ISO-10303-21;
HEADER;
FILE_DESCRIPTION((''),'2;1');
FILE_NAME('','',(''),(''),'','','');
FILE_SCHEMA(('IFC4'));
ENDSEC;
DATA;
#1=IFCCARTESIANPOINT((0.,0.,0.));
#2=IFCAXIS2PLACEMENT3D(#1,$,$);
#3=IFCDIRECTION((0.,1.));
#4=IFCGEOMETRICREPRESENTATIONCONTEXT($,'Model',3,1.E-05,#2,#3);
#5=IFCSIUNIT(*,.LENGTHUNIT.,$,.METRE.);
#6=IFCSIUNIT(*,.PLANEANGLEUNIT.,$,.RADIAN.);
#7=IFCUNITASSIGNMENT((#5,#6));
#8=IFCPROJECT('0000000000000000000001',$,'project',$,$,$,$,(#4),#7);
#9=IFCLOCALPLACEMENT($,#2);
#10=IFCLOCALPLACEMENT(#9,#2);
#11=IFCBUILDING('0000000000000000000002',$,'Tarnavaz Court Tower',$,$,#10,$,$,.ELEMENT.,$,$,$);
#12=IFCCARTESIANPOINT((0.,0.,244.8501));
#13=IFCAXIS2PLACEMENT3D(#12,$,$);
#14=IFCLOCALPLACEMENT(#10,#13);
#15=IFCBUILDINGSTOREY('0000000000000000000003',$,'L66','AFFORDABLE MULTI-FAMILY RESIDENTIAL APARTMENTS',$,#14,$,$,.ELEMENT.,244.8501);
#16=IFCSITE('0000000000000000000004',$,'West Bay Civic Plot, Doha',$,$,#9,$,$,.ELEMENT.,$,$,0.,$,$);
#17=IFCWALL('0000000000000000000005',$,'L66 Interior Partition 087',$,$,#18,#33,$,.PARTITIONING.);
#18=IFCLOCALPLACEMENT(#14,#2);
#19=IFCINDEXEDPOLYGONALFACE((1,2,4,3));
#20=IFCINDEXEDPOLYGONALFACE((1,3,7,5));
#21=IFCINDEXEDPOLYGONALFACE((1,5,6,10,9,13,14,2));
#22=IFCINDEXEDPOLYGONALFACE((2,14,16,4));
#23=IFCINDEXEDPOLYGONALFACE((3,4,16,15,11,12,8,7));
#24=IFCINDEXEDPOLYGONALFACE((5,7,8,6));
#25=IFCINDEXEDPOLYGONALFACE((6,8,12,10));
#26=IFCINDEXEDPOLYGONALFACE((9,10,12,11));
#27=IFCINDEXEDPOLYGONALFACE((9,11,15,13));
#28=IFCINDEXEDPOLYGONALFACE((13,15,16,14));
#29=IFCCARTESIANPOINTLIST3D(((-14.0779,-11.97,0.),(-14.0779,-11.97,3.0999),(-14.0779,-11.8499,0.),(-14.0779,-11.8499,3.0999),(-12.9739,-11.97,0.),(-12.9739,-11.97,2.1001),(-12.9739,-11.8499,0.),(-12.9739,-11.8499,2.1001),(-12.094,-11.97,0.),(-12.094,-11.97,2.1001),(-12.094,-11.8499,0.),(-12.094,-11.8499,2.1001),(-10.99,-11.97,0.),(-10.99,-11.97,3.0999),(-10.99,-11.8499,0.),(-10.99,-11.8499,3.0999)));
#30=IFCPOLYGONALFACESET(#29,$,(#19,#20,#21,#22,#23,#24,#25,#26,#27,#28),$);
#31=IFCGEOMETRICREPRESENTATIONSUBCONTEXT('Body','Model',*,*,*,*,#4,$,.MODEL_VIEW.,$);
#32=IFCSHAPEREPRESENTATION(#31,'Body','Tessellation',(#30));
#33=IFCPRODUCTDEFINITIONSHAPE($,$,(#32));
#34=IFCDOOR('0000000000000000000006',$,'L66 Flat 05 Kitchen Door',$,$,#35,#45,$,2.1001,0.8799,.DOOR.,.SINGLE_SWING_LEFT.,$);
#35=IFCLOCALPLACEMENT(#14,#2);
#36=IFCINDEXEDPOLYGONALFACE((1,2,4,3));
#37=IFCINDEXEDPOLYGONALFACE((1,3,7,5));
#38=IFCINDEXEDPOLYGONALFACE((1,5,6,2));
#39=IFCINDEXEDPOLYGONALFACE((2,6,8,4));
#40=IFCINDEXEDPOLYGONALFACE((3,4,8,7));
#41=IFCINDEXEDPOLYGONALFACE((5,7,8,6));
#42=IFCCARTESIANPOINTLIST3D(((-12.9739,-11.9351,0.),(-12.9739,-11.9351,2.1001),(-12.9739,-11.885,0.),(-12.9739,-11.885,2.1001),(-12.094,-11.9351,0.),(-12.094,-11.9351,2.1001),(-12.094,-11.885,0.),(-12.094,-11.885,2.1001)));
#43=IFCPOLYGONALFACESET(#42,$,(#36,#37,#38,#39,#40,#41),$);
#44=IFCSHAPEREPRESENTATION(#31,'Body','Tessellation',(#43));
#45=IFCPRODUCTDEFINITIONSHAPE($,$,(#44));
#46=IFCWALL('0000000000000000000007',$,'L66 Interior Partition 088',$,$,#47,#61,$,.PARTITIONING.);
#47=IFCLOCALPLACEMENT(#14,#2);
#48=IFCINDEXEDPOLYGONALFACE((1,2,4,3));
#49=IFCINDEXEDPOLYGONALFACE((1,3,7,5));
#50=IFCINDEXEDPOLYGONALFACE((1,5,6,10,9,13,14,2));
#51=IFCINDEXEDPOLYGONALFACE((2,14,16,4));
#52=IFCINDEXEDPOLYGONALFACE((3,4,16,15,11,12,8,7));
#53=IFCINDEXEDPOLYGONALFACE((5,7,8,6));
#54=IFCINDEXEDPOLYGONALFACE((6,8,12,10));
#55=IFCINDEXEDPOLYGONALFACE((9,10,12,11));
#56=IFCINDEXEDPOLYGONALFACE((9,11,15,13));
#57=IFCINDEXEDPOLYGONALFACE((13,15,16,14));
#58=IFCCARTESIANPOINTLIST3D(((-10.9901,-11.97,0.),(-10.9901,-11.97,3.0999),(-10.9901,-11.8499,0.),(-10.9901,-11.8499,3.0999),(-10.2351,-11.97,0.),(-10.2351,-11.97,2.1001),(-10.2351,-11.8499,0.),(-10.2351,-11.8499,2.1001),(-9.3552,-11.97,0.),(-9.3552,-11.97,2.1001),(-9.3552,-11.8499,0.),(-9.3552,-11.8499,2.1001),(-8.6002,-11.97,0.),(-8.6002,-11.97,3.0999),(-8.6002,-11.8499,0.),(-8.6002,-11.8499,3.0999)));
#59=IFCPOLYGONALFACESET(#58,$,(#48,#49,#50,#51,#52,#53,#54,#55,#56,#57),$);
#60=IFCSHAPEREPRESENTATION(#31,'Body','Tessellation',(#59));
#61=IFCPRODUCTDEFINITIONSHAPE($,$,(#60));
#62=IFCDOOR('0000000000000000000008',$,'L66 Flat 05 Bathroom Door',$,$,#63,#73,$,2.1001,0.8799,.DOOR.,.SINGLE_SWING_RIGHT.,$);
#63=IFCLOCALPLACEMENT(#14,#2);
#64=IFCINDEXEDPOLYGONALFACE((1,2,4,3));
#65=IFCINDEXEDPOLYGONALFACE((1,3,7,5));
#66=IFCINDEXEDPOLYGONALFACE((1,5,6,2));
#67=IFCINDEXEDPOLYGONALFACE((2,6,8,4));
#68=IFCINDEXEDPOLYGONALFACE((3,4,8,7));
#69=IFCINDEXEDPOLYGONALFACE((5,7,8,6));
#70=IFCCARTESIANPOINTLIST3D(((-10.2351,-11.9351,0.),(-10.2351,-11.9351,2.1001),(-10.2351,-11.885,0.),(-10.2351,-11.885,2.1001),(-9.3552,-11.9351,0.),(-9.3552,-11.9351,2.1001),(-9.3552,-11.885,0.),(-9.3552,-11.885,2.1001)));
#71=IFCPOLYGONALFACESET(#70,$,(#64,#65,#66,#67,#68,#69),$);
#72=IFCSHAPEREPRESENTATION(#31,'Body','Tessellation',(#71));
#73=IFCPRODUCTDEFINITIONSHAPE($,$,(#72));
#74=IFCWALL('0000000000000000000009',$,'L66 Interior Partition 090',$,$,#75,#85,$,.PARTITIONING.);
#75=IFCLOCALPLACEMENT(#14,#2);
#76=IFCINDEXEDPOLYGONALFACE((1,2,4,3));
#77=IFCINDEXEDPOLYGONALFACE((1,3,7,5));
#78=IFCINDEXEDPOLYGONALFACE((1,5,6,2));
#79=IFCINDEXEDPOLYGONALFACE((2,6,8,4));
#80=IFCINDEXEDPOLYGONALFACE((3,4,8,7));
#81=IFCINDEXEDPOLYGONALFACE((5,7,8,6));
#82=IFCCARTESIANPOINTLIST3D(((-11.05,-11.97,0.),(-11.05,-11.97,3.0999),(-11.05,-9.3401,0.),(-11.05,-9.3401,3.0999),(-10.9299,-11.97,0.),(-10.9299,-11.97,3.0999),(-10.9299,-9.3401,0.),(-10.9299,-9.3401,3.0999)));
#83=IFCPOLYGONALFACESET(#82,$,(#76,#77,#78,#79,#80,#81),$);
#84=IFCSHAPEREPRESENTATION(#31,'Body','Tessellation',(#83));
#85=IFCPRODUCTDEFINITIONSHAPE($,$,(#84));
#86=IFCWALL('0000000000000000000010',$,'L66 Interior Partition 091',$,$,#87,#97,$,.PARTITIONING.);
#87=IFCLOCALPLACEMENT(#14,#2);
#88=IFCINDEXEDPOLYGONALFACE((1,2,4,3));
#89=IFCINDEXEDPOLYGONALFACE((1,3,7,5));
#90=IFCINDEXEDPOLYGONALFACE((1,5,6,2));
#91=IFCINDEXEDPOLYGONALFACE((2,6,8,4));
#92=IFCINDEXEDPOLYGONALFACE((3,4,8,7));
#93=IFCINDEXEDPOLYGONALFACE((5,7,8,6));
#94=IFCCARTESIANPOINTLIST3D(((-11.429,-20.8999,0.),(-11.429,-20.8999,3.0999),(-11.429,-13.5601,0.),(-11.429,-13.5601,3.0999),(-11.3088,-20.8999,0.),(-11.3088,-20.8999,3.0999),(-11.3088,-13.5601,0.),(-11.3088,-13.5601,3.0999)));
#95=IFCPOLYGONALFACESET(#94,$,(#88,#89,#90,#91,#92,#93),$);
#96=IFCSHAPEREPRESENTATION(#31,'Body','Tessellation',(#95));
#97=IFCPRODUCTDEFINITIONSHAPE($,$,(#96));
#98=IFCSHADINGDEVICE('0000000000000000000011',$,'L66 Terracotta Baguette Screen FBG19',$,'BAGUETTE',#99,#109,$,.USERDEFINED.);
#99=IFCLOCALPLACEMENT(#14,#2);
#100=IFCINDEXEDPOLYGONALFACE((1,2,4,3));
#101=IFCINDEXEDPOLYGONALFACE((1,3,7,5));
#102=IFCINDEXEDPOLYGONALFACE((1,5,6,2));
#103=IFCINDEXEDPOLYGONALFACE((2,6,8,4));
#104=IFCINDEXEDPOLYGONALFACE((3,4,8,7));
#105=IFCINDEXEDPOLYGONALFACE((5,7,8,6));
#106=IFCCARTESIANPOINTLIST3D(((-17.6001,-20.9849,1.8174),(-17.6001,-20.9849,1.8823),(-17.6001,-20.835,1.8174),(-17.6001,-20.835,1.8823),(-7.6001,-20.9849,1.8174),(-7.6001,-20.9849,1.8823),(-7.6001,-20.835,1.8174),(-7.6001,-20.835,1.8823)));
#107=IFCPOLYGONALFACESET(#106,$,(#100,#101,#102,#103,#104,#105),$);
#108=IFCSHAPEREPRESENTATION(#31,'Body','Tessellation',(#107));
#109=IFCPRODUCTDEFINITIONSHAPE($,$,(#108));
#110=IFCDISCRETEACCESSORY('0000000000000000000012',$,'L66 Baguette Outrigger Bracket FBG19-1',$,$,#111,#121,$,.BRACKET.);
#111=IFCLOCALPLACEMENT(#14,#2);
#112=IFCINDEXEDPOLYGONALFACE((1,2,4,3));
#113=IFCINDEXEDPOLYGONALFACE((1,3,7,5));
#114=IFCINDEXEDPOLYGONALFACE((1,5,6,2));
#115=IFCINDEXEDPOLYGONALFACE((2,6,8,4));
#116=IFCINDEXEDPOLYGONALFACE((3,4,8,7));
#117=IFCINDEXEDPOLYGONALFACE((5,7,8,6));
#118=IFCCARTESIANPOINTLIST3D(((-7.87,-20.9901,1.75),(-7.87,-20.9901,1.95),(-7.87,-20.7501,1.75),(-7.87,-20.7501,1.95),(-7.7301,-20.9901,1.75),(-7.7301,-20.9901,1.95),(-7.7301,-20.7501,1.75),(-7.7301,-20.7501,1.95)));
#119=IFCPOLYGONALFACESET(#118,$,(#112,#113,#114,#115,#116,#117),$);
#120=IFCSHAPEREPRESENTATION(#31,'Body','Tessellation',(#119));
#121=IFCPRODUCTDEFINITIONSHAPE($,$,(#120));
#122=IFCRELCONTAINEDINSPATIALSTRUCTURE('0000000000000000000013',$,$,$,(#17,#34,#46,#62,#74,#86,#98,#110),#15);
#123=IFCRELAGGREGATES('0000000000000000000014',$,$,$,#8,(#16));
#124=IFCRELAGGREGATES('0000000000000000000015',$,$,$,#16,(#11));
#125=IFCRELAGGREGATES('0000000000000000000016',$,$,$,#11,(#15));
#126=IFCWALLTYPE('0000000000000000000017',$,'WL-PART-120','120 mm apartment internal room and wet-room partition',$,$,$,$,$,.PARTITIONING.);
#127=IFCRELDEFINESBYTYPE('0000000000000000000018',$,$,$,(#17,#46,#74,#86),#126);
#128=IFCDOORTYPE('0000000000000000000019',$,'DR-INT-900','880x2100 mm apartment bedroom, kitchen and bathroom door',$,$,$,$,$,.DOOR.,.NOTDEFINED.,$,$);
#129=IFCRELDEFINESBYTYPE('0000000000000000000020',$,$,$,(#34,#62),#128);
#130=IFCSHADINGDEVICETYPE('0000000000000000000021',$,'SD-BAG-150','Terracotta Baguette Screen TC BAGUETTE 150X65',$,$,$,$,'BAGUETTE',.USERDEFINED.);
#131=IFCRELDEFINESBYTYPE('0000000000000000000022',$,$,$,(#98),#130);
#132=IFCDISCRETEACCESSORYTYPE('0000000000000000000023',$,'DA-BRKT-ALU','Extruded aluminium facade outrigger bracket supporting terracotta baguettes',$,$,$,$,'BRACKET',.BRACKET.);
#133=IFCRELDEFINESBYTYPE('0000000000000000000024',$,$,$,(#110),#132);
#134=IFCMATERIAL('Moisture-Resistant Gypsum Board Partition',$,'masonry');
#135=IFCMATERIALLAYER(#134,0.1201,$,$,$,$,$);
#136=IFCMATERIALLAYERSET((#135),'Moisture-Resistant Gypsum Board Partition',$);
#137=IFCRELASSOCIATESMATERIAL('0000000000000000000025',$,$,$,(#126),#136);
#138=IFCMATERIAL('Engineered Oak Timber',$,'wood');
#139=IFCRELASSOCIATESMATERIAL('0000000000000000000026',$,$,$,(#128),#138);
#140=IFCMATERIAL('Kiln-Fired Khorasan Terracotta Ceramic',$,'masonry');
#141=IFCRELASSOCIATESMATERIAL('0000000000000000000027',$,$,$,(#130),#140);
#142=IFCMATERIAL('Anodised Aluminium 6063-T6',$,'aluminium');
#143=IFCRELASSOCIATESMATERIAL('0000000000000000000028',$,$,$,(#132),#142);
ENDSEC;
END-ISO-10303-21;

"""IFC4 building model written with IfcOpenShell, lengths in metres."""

from ifc_helpers import new_model, si_unit, direction, frame, frame_2d, origin, origin_2d, place, context, subcontext, project, spatial, rectangle, extrude, material, layer, layer_set, material_profile, profile_set, type_object, element, fill, save


model = new_model("IFC4")

# Units and contexts
model_context = context("Model", 3, precision=1e-05, world=origin(), true_north=direction((0.0, 1.0)))
body_context = subcontext(model_context, "Body", "Model", "MODEL_VIEW")
ifc_project = project(units=[si_unit("LENGTHUNIT", "METRE"), si_unit("PLANEANGLEUNIT", "RADIAN")], contexts=[model_context])

# Site, building, storey
site_placement = place(None, origin())
site = spatial("IfcSite", under=ifc_project, at=site_placement, Name="West Bay Civic Plot, Doha", CompositionType="ELEMENT", RefElevation=0.0)
building_placement = place(site_placement, origin())
building = spatial("IfcBuilding", under=site, at=building_placement, Name="Tarnavaz Court Tower", CompositionType="ELEMENT")
storey_placement = place(building_placement, frame((0.0, 0.0, 244.8501)))
storey = spatial("IfcBuildingStorey", under=building, at=storey_placement, Name="L66", Description="AFFORDABLE MULTI-FAMILY RESIDENTIAL APARTMENTS", CompositionType="ELEMENT", Elevation=244.8501)

# Walls, openings, doors
ifc_material_1 = material(Name="Moisture-Resistant Gypsum Board Partition", Category="masonry")
ifc_layer_1 = layer(ifc_material_1, 0.1201)
ifc_layer_set_1 = layer_set([ifc_layer_1], Name="Moisture-Resistant Gypsum Board Partition")
wall_type_1 = type_object("IfcWallType", Name="WL-PART-120", Description="120 mm apartment internal room and wet-room partition", PredefinedType="PARTITIONING", material=ifc_layer_set_1)
wall_1_placement = place(storey_placement, frame((-14.0779, -11.9099, 0.0), z_axis=(0.0, 0.0, 1.0), x_axis=(1.0, 0.0, 0.0)))
wall_1 = element("IfcWall", 1, at=wall_1_placement, inside=storey, type_object=wall_type_1, Name="L66 Interior Partition 087", PredefinedType="PARTITIONING", context=body_context, shape_type="SweptSolid", body=[
    extrude(rectangle(XDim=3.0879, YDim=0.1201, at=frame_2d((1.5439, 0.0))), origin(), (0.0, 0.0, 1.0), 3.0999),
])
opening_1_placement = place(wall_1_placement, frame((1.104, 0.0, 0.0)))
opening_1 = element("IfcOpeningElement", 2, at=opening_1_placement, cuts=wall_1, PredefinedType="OPENING", context=body_context, shape_type="SweptSolid", body=[
    extrude(rectangle(XDim=0.8799, YDim=2.1001, at=frame_2d((0.4399, 1.05))), frame((0.0, 0.0701, 0.0), z_axis=(0.0, -1.0, 0.0), x_axis=(1.0, 0.0, 0.0)), (0.0, 0.0, 1.0), 0.1401),
])
ifc_material_2 = material(Name="Engineered Oak Timber", Category="wood")
door_type = type_object("IfcDoorType", Name="DR-INT-900", Description="880x2100 mm apartment bedroom, kitchen and bathroom door", OperationType="NOTDEFINED", PredefinedType="DOOR", material=ifc_material_2)
door_1_placement = place(opening_1_placement, origin())
door_1 = element("IfcDoor", 3, at=door_1_placement, inside=storey, type_object=door_type, Name="L66 Flat 05 Kitchen Door", OperationType="SINGLE_SWING_LEFT", OverallHeight=2.1001, OverallWidth=0.8799, PredefinedType="DOOR", context=body_context, shape_type="SweptSolid", body=[
    extrude(rectangle(XDim=0.8799, YDim=2.1001, at=frame_2d((0.4399, 1.05))), frame((0.0, 0.0249, 0.0), z_axis=(0.0, -1.0, 0.0), x_axis=(1.0, 0.0, 0.0)), (0.0, 0.0, 1.0), 0.05),
])
fill(opening_1, door_1)
wall_2_placement = place(storey_placement, frame((-10.99, -11.9099, 0.0), z_axis=(0.0, 0.0, 1.0), x_axis=(1.0, 0.0, 0.0)))
wall_2 = element("IfcWall", 4, at=wall_2_placement, inside=storey, type_object=wall_type_1, Name="L66 Interior Partition 088", PredefinedType="PARTITIONING", context=body_context, shape_type="SweptSolid", body=[
    extrude(rectangle(XDim=2.3899, YDim=0.1201, at=frame_2d((1.1948, 0.0))), origin(), (0.0, 0.0, 1.0), 3.0999),
])
opening_2_placement = place(wall_2_placement, frame((0.7549, 0.0, 0.0)))
opening_2 = element("IfcOpeningElement", 5, at=opening_2_placement, cuts=wall_2, PredefinedType="OPENING", context=body_context, shape_type="SweptSolid", body=[
    extrude(rectangle(XDim=0.8799, YDim=2.1001, at=frame_2d((0.4399, 1.05))), frame((0.0, 0.0701, 0.0), z_axis=(0.0, -1.0, 0.0), x_axis=(1.0, 0.0, 0.0)), (0.0, 0.0, 1.0), 0.1401),
])
door_2_placement = place(opening_2_placement, origin())
door_2 = element("IfcDoor", 6, at=door_2_placement, inside=storey, type_object=door_type, Name="L66 Flat 05 Bathroom Door", OperationType="SINGLE_SWING_RIGHT", OverallHeight=2.1001, OverallWidth=0.8799, PredefinedType="DOOR", context=body_context, shape_type="SweptSolid", body=[
    extrude(rectangle(XDim=0.8799, YDim=2.1001, at=frame_2d((0.4399, 1.05))), frame((0.0, 0.0249, 0.0), z_axis=(0.0, -1.0, 0.0), x_axis=(1.0, 0.0, 0.0)), (0.0, 0.0, 1.0), 0.05),
])
fill(opening_2, door_2)

# Walls
wall_3_placement = place(storey_placement, frame((-10.99, -11.97, 0.0), z_axis=(0.0, 0.0, 1.0), x_axis=(0.0, 1.0, 0.0)))
element("IfcWall", 7, at=wall_3_placement, inside=storey, type_object=wall_type_1, Name="L66 Interior Partition 090", PredefinedType="PARTITIONING", context=body_context, shape_type="SweptSolid", body=[
    extrude(rectangle(XDim=2.6299, YDim=0.1201, at=frame_2d((1.3149, 0.0))), origin(), (0.0, 0.0, 1.0), 3.0999),
])
wall_4_placement = place(storey_placement, frame((-11.3689, -20.8999, 0.0), z_axis=(0.0, 0.0, 1.0), x_axis=(0.0, 1.0, 0.0)))
element("IfcWall", 8, at=wall_4_placement, inside=storey, type_object=wall_type_1, Name="L66 Interior Partition 091", PredefinedType="PARTITIONING", context=body_context, shape_type="SweptSolid", body=[
    extrude(rectangle(XDim=7.3398, YDim=0.1201, at=frame_2d((3.6699, 0.0))), origin(), (0.0, 0.0, 1.0), 3.0999),
])

# Shading device
ifc_material_3 = material(Name="Kiln-Fired Khorasan Terracotta Ceramic", Category="masonry")
ifc_material_profile_1 = material_profile(ifc_material_3, rectangle(XDim=0.1499, YDim=0.0649, at=origin_2d()), Name="TC BAGUETTE 150X65")
ifc_profile_set_1 = profile_set([ifc_material_profile_1], Name="Kiln-Fired Khorasan Terracotta Ceramic")
shading_device_type = type_object("IfcShadingDeviceType", Name="SD-BAG-150", Description="Terracotta Baguette Screen TC BAGUETTE 150X65", ElementType="BAGUETTE", PredefinedType="USERDEFINED", material=ifc_profile_set_1)
shading_device_placement = place(storey_placement, frame((-7.6001, -20.9099, 1.8499), z_axis=(-1.0, 0.0, 0.0), x_axis=(0.0, -1.0, 0.0)))
element("IfcShadingDevice", 9, at=shading_device_placement, inside=storey, type_object=shading_device_type, Name="L66 Terracotta Baguette Screen FBG19", ObjectType="BAGUETTE", PredefinedType="USERDEFINED", context=body_context, shape_type="SweptSolid", body=[
    extrude(rectangle(XDim=0.1499, YDim=0.0649, at=origin_2d()), origin(), (0.0, 0.0, 1.0), 10.0),
])

# Discrete accessory
ifc_material_4 = material(Name="Anodised Aluminium 6063-T6", Category="aluminium")
discrete_accessory_type = type_object("IfcDiscreteAccessoryType", Name="DA-BRKT-ALU", Description="Extruded aluminium facade outrigger bracket supporting terracotta baguettes", ElementType="BRACKET", PredefinedType="BRACKET", material=ifc_material_4)
discrete_accessory_placement = place(storey_placement, frame((-7.8, -20.8701, 1.75), z_axis=(0.0, 0.0, 1.0), x_axis=(-1.0, 0.0, 0.0)))
element("IfcDiscreteAccessory", 10, at=discrete_accessory_placement, inside=storey, type_object=discrete_accessory_type, Name="L66 Baguette Outrigger Bracket FBG19-1", PredefinedType="BRACKET", context=body_context, shape_type="SweptSolid", body=[
    extrude(rectangle(XDim=0.1399, YDim=0.24, at=origin_2d()), origin(), (0.0, 0.0, 1.0), 0.2),
])

save(model, "model.ifc")
